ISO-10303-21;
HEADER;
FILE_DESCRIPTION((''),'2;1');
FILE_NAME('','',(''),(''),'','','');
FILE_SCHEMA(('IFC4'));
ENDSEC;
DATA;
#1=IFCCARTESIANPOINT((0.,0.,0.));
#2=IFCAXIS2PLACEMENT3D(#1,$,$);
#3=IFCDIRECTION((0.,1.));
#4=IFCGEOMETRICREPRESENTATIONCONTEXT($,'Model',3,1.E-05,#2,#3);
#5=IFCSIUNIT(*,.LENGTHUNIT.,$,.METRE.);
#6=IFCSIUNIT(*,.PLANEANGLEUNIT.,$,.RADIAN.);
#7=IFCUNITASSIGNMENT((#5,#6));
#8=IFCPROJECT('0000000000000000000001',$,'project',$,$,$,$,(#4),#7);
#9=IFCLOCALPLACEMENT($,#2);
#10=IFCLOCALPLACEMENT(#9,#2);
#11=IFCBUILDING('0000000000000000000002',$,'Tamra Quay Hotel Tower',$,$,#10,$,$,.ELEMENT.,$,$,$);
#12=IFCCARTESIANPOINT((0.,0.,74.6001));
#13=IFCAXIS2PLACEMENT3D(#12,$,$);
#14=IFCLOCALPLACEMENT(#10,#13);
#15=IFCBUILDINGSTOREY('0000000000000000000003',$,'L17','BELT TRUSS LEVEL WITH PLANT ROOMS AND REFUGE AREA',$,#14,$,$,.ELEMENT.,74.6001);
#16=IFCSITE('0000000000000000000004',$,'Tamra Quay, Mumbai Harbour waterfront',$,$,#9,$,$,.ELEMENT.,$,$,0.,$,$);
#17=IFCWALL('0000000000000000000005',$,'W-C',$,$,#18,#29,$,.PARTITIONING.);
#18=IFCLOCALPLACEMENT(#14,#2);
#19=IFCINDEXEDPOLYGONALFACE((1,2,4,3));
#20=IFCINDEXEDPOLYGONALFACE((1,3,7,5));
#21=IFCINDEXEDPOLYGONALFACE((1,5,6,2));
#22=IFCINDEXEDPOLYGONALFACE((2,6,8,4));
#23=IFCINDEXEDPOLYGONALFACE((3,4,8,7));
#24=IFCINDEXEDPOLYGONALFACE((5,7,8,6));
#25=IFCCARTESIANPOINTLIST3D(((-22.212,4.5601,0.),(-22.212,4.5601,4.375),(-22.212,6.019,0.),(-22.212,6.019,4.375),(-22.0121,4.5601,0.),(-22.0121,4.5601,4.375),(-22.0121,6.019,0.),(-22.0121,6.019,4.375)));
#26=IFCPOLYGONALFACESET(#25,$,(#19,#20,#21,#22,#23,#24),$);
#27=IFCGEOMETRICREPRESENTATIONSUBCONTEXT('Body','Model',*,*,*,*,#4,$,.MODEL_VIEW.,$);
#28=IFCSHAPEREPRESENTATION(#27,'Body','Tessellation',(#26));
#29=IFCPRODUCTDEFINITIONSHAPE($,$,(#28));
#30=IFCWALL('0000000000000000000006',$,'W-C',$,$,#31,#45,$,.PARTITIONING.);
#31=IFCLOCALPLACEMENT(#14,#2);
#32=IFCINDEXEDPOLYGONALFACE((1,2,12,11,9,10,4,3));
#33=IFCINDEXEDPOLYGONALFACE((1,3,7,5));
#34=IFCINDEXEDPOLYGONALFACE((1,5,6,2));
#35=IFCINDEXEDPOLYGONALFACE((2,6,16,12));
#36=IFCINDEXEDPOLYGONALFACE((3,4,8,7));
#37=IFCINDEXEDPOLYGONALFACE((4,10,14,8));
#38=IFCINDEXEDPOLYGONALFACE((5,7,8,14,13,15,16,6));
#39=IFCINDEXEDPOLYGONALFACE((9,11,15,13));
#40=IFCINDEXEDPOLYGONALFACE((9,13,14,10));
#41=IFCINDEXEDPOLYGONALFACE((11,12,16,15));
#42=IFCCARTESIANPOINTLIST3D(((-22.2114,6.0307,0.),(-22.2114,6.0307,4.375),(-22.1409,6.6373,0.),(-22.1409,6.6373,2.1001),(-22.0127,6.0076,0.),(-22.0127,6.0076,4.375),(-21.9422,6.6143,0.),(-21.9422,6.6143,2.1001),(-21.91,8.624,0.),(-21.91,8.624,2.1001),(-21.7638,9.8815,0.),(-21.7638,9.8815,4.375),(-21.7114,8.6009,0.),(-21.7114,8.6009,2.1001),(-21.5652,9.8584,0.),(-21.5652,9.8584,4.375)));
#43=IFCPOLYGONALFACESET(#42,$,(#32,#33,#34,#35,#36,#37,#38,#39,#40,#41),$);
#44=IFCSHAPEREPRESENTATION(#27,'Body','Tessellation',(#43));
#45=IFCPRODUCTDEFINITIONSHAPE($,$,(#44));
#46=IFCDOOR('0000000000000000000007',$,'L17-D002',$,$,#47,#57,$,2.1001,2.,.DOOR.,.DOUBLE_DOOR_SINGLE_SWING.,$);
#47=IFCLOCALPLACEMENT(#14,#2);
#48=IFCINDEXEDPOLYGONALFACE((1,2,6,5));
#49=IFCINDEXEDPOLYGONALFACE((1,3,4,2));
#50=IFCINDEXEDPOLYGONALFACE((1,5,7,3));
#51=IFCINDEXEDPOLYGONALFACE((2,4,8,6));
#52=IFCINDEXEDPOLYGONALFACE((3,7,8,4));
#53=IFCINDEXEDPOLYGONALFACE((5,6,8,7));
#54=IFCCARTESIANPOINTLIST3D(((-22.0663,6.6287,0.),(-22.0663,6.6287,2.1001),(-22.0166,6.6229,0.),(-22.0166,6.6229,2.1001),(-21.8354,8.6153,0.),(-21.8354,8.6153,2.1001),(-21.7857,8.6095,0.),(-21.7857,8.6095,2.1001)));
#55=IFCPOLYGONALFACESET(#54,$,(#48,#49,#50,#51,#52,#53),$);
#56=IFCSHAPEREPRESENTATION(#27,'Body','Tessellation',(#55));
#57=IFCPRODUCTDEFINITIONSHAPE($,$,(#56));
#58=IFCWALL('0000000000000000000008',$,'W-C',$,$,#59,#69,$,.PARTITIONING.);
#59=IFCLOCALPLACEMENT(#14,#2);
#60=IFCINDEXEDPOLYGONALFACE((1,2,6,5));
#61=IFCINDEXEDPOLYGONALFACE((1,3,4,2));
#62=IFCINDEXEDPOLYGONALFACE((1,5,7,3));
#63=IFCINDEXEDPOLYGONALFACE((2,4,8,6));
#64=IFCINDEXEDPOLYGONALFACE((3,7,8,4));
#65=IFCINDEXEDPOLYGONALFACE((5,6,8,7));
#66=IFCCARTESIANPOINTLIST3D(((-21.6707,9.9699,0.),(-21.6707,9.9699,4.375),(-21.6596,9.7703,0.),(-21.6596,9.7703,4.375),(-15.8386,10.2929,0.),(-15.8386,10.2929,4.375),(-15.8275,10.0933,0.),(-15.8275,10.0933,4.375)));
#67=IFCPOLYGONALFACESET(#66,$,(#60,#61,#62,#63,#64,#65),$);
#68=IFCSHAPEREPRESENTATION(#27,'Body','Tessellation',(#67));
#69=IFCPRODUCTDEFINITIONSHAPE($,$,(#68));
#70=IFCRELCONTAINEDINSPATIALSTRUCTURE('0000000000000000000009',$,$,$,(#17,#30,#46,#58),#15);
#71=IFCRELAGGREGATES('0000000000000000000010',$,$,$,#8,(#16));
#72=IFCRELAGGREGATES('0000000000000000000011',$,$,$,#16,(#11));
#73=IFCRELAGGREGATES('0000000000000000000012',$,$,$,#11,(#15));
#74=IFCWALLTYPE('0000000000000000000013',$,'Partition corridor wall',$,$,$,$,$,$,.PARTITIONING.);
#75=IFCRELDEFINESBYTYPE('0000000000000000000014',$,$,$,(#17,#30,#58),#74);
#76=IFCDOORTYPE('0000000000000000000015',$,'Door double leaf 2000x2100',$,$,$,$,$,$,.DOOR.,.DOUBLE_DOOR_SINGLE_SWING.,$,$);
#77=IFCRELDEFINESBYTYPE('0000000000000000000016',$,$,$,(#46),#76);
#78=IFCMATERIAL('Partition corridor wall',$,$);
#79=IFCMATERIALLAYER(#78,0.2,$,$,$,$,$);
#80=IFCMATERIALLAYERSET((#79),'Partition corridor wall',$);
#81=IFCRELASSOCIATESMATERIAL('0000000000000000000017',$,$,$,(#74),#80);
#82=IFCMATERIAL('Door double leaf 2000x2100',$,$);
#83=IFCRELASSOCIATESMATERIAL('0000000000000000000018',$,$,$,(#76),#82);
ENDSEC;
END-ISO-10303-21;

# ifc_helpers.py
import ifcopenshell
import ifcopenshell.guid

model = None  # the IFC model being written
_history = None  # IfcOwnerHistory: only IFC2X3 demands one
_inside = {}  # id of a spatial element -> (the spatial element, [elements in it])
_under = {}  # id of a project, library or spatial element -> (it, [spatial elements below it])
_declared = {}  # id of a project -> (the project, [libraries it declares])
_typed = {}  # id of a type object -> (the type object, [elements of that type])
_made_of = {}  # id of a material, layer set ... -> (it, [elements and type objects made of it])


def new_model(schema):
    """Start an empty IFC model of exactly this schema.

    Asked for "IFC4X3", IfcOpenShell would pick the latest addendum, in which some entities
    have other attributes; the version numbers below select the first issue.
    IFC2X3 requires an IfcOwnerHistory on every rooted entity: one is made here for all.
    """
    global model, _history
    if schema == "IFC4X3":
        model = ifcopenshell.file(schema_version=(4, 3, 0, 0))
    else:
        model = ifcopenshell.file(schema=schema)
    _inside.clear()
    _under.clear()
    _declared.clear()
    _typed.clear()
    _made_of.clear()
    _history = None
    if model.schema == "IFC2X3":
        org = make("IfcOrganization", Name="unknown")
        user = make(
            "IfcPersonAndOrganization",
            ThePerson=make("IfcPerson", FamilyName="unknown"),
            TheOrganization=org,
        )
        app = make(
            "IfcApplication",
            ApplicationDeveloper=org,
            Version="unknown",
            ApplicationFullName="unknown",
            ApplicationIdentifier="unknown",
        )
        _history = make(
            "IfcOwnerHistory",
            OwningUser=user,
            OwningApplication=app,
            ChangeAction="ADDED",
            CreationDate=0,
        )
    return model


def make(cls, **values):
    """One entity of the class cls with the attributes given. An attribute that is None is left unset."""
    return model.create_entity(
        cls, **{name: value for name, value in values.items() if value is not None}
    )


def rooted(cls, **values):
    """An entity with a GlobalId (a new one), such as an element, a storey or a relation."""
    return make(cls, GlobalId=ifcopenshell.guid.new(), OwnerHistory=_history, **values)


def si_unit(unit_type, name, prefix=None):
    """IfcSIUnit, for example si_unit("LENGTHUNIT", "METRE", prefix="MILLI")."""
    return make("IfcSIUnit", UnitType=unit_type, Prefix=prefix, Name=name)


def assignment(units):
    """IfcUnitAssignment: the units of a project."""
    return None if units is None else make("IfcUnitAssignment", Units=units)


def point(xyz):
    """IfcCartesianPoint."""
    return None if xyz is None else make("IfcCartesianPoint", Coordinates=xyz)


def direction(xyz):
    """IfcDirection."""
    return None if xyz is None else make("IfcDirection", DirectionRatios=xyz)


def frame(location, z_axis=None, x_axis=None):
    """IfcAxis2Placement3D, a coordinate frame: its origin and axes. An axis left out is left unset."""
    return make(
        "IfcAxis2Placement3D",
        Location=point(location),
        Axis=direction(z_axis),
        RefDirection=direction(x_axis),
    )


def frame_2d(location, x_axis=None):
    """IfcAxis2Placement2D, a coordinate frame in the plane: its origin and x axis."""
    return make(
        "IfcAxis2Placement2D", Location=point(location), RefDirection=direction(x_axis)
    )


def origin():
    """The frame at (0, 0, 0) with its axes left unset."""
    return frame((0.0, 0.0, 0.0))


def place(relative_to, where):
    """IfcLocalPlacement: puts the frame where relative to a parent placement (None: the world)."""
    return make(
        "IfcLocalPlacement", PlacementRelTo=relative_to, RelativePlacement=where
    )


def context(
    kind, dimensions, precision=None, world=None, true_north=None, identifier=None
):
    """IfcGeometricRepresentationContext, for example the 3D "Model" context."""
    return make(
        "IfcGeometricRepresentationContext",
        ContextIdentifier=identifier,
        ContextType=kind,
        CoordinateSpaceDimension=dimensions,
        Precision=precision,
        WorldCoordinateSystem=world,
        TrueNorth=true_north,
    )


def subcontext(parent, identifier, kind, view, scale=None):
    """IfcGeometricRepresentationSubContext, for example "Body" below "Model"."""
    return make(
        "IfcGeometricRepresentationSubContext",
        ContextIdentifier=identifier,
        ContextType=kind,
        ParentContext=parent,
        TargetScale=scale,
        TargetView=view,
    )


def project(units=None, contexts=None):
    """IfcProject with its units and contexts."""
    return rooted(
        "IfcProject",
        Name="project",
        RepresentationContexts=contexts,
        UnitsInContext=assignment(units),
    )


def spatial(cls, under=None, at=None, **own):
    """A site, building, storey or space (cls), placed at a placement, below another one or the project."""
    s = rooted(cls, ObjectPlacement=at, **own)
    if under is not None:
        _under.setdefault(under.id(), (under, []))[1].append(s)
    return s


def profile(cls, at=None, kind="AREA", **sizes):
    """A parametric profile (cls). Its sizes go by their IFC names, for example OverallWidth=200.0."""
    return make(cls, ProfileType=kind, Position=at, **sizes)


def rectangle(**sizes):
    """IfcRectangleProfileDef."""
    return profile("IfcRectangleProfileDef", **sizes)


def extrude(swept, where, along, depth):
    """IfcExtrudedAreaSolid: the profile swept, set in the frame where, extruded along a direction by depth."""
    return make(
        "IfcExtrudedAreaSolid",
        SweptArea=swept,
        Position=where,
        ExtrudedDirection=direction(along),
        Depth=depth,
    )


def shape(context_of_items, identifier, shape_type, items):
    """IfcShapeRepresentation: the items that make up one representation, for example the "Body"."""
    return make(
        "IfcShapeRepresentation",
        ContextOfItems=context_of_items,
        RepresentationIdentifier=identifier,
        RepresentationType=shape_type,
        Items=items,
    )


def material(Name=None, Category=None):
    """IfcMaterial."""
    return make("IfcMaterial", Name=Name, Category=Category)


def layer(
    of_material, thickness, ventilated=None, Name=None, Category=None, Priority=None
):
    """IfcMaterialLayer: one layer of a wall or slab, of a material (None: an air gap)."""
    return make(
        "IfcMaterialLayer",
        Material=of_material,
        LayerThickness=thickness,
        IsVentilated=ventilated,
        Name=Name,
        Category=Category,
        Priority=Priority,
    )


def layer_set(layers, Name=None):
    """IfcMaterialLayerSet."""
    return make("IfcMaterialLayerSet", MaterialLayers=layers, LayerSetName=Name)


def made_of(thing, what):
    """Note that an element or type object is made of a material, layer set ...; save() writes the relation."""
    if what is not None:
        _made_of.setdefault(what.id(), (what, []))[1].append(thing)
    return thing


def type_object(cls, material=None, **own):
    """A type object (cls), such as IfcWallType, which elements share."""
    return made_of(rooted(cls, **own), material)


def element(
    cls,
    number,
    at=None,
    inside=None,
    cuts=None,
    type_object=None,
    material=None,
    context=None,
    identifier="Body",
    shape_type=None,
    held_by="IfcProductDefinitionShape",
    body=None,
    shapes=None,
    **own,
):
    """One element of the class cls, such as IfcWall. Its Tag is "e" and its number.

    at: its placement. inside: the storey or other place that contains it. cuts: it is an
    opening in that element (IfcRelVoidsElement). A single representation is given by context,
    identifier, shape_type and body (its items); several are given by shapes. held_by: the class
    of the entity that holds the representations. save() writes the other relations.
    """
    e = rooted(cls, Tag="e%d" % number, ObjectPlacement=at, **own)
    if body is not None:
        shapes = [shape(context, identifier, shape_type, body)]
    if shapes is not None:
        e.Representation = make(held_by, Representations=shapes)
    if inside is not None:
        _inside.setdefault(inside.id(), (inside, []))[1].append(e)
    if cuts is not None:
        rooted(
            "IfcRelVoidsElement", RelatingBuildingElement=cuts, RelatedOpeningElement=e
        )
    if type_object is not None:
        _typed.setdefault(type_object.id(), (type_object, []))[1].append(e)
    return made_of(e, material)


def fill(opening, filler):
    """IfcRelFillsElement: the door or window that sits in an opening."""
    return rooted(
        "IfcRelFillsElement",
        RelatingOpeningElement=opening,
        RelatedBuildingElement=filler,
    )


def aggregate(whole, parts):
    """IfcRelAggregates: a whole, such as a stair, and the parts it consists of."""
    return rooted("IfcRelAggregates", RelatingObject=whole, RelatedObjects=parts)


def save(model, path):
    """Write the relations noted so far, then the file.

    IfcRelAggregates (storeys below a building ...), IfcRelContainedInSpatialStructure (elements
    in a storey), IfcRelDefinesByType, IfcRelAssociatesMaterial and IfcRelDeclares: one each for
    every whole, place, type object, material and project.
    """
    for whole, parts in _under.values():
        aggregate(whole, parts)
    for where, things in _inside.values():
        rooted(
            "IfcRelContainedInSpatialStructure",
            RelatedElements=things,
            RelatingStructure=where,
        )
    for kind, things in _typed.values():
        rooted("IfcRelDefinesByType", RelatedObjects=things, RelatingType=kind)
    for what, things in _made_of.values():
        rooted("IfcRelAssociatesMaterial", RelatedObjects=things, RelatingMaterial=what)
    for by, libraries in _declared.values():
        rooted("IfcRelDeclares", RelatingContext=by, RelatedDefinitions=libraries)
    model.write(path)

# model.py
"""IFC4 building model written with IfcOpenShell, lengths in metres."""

from ifc_helpers import new_model, si_unit, direction, frame, frame_2d, origin, place, context, subcontext, project, spatial, rectangle, extrude, material, layer, layer_set, type_object, element, fill, save


model = new_model("IFC4")

# Units and contexts
model_context = context("Model", 3, precision=1e-05, world=origin(), true_north=direction((0.0, 1.0)))
body_context = subcontext(model_context, "Body", "Model", "MODEL_VIEW")
ifc_project = project(units=[si_unit("LENGTHUNIT", "METRE"), si_unit("PLANEANGLEUNIT", "RADIAN")], contexts=[model_context])

# Site, building, storey
site_placement = place(None, origin())
site = spatial("IfcSite", under=ifc_project, at=site_placement, Name="Tamra Quay, Mumbai Harbour waterfront", CompositionType="ELEMENT", RefElevation=0.0)
building_placement = place(site_placement, origin())
building = spatial("IfcBuilding", under=site, at=building_placement, Name="Tamra Quay Hotel Tower", CompositionType="ELEMENT")
storey_placement = place(building_placement, frame((0.0, 0.0, 74.6001)))
storey = spatial("IfcBuildingStorey", under=building, at=storey_placement, Name="L17", Description="BELT TRUSS LEVEL WITH PLANT ROOMS AND REFUGE AREA", CompositionType="ELEMENT", Elevation=74.6001)

# Wall
ifc_material_1 = material(Name="Partition corridor wall")
ifc_layer_1 = layer(ifc_material_1, 0.2)
ifc_layer_set_1 = layer_set([ifc_layer_1], Name="Partition corridor wall")
wall_type_1 = type_object("IfcWallType", Name="Partition corridor wall", PredefinedType="PARTITIONING", material=ifc_layer_set_1)
wall_1_placement = place(storey_placement, frame((-22.1121, 4.5601, 0.0), z_axis=(0.0, 0.0, 1.0), x_axis=(0.0, 1.0, 0.0)))
element("IfcWall", 1, at=wall_1_placement, inside=storey, type_object=wall_type_1, Name="W-C", PredefinedType="PARTITIONING", context=body_context, shape_type="SweptSolid", body=[
    extrude(rectangle(XDim=1.459, YDim=0.2, at=frame_2d((0.7295, 0.0))), origin(), (0.0, 0.0, 1.0), 4.375),
])

# Wall, opening, door
wall_2_placement = place(storey_placement, frame((-22.1121, 6.019, 0.0), z_axis=(0.0, 0.0, 1.0), x_axis=(0.115434, 0.993315, 0.0)))
wall_2 = element("IfcWall", 2, at=wall_2_placement, inside=storey, type_object=wall_type_1, Name="W-C", PredefinedType="PARTITIONING", context=body_context, shape_type="SweptSolid", body=[
    extrude(rectangle(XDim=3.8767, YDim=0.2, at=frame_2d((1.9385, 0.0))), origin(), (0.0, 0.0, 1.0), 4.375),
])
opening_1_placement = place(wall_2_placement, frame((0.6108, 0.0, 0.0)))
opening_1 = element("IfcOpeningElement", 3, at=opening_1_placement, cuts=wall_2, PredefinedType="OPENING", context=body_context, shape_type="SweptSolid", body=[
    extrude(rectangle(XDim=2.0, YDim=2.1001, at=frame_2d((1.0, 1.05))), frame((0.0, 0.1099, 0.0), z_axis=(0.0, -1.0, 0.0), x_axis=(1.0, 0.0, 0.0)), (0.0, 0.0, 1.0), 0.22),
])
ifc_material_2 = material(Name="Door double leaf 2000x2100")
door_type_1 = type_object("IfcDoorType", Name="Door double leaf 2000x2100", OperationType="DOUBLE_DOOR_SINGLE_SWING", PredefinedType="DOOR", material=ifc_material_2)
door_1_placement = place(opening_1_placement, origin())
door_1 = element("IfcDoor", 4, at=door_1_placement, inside=storey, type_object=door_type_1, Name="L17-D002", OperationType="DOUBLE_DOOR_SINGLE_SWING", OverallHeight=2.1001, OverallWidth=2.0, PredefinedType="DOOR", context=body_context, shape_type="SweptSolid", body=[
    extrude(rectangle(XDim=2.0, YDim=2.1001, at=frame_2d((1.0, 1.05))), frame((0.0, 0.0249, 0.0), z_axis=(0.0, -1.0, 0.0), x_axis=(1.0, 0.0, 0.0)), (0.0, 0.0, 1.0), 0.05),
])
fill(opening_1, door_1)

# Wall
wall_3_placement = place(storey_placement, frame((-21.665, 9.8701, 0.0), z_axis=(0.0, 0.0, 1.0), x_axis=(0.99847, 0.055299, 0.0)))
element("IfcWall", 5, at=wall_3_placement, inside=storey, type_object=wall_type_1, Name="W-C", PredefinedType="PARTITIONING", context=body_context, shape_type="SweptSolid", body=[
    extrude(rectangle(XDim=5.8411, YDim=0.2, at=frame_2d((2.9204, 0.0))), origin(), (0.0, 0.0, 1.0), 4.375),
])

save(model, "model.ifc")
